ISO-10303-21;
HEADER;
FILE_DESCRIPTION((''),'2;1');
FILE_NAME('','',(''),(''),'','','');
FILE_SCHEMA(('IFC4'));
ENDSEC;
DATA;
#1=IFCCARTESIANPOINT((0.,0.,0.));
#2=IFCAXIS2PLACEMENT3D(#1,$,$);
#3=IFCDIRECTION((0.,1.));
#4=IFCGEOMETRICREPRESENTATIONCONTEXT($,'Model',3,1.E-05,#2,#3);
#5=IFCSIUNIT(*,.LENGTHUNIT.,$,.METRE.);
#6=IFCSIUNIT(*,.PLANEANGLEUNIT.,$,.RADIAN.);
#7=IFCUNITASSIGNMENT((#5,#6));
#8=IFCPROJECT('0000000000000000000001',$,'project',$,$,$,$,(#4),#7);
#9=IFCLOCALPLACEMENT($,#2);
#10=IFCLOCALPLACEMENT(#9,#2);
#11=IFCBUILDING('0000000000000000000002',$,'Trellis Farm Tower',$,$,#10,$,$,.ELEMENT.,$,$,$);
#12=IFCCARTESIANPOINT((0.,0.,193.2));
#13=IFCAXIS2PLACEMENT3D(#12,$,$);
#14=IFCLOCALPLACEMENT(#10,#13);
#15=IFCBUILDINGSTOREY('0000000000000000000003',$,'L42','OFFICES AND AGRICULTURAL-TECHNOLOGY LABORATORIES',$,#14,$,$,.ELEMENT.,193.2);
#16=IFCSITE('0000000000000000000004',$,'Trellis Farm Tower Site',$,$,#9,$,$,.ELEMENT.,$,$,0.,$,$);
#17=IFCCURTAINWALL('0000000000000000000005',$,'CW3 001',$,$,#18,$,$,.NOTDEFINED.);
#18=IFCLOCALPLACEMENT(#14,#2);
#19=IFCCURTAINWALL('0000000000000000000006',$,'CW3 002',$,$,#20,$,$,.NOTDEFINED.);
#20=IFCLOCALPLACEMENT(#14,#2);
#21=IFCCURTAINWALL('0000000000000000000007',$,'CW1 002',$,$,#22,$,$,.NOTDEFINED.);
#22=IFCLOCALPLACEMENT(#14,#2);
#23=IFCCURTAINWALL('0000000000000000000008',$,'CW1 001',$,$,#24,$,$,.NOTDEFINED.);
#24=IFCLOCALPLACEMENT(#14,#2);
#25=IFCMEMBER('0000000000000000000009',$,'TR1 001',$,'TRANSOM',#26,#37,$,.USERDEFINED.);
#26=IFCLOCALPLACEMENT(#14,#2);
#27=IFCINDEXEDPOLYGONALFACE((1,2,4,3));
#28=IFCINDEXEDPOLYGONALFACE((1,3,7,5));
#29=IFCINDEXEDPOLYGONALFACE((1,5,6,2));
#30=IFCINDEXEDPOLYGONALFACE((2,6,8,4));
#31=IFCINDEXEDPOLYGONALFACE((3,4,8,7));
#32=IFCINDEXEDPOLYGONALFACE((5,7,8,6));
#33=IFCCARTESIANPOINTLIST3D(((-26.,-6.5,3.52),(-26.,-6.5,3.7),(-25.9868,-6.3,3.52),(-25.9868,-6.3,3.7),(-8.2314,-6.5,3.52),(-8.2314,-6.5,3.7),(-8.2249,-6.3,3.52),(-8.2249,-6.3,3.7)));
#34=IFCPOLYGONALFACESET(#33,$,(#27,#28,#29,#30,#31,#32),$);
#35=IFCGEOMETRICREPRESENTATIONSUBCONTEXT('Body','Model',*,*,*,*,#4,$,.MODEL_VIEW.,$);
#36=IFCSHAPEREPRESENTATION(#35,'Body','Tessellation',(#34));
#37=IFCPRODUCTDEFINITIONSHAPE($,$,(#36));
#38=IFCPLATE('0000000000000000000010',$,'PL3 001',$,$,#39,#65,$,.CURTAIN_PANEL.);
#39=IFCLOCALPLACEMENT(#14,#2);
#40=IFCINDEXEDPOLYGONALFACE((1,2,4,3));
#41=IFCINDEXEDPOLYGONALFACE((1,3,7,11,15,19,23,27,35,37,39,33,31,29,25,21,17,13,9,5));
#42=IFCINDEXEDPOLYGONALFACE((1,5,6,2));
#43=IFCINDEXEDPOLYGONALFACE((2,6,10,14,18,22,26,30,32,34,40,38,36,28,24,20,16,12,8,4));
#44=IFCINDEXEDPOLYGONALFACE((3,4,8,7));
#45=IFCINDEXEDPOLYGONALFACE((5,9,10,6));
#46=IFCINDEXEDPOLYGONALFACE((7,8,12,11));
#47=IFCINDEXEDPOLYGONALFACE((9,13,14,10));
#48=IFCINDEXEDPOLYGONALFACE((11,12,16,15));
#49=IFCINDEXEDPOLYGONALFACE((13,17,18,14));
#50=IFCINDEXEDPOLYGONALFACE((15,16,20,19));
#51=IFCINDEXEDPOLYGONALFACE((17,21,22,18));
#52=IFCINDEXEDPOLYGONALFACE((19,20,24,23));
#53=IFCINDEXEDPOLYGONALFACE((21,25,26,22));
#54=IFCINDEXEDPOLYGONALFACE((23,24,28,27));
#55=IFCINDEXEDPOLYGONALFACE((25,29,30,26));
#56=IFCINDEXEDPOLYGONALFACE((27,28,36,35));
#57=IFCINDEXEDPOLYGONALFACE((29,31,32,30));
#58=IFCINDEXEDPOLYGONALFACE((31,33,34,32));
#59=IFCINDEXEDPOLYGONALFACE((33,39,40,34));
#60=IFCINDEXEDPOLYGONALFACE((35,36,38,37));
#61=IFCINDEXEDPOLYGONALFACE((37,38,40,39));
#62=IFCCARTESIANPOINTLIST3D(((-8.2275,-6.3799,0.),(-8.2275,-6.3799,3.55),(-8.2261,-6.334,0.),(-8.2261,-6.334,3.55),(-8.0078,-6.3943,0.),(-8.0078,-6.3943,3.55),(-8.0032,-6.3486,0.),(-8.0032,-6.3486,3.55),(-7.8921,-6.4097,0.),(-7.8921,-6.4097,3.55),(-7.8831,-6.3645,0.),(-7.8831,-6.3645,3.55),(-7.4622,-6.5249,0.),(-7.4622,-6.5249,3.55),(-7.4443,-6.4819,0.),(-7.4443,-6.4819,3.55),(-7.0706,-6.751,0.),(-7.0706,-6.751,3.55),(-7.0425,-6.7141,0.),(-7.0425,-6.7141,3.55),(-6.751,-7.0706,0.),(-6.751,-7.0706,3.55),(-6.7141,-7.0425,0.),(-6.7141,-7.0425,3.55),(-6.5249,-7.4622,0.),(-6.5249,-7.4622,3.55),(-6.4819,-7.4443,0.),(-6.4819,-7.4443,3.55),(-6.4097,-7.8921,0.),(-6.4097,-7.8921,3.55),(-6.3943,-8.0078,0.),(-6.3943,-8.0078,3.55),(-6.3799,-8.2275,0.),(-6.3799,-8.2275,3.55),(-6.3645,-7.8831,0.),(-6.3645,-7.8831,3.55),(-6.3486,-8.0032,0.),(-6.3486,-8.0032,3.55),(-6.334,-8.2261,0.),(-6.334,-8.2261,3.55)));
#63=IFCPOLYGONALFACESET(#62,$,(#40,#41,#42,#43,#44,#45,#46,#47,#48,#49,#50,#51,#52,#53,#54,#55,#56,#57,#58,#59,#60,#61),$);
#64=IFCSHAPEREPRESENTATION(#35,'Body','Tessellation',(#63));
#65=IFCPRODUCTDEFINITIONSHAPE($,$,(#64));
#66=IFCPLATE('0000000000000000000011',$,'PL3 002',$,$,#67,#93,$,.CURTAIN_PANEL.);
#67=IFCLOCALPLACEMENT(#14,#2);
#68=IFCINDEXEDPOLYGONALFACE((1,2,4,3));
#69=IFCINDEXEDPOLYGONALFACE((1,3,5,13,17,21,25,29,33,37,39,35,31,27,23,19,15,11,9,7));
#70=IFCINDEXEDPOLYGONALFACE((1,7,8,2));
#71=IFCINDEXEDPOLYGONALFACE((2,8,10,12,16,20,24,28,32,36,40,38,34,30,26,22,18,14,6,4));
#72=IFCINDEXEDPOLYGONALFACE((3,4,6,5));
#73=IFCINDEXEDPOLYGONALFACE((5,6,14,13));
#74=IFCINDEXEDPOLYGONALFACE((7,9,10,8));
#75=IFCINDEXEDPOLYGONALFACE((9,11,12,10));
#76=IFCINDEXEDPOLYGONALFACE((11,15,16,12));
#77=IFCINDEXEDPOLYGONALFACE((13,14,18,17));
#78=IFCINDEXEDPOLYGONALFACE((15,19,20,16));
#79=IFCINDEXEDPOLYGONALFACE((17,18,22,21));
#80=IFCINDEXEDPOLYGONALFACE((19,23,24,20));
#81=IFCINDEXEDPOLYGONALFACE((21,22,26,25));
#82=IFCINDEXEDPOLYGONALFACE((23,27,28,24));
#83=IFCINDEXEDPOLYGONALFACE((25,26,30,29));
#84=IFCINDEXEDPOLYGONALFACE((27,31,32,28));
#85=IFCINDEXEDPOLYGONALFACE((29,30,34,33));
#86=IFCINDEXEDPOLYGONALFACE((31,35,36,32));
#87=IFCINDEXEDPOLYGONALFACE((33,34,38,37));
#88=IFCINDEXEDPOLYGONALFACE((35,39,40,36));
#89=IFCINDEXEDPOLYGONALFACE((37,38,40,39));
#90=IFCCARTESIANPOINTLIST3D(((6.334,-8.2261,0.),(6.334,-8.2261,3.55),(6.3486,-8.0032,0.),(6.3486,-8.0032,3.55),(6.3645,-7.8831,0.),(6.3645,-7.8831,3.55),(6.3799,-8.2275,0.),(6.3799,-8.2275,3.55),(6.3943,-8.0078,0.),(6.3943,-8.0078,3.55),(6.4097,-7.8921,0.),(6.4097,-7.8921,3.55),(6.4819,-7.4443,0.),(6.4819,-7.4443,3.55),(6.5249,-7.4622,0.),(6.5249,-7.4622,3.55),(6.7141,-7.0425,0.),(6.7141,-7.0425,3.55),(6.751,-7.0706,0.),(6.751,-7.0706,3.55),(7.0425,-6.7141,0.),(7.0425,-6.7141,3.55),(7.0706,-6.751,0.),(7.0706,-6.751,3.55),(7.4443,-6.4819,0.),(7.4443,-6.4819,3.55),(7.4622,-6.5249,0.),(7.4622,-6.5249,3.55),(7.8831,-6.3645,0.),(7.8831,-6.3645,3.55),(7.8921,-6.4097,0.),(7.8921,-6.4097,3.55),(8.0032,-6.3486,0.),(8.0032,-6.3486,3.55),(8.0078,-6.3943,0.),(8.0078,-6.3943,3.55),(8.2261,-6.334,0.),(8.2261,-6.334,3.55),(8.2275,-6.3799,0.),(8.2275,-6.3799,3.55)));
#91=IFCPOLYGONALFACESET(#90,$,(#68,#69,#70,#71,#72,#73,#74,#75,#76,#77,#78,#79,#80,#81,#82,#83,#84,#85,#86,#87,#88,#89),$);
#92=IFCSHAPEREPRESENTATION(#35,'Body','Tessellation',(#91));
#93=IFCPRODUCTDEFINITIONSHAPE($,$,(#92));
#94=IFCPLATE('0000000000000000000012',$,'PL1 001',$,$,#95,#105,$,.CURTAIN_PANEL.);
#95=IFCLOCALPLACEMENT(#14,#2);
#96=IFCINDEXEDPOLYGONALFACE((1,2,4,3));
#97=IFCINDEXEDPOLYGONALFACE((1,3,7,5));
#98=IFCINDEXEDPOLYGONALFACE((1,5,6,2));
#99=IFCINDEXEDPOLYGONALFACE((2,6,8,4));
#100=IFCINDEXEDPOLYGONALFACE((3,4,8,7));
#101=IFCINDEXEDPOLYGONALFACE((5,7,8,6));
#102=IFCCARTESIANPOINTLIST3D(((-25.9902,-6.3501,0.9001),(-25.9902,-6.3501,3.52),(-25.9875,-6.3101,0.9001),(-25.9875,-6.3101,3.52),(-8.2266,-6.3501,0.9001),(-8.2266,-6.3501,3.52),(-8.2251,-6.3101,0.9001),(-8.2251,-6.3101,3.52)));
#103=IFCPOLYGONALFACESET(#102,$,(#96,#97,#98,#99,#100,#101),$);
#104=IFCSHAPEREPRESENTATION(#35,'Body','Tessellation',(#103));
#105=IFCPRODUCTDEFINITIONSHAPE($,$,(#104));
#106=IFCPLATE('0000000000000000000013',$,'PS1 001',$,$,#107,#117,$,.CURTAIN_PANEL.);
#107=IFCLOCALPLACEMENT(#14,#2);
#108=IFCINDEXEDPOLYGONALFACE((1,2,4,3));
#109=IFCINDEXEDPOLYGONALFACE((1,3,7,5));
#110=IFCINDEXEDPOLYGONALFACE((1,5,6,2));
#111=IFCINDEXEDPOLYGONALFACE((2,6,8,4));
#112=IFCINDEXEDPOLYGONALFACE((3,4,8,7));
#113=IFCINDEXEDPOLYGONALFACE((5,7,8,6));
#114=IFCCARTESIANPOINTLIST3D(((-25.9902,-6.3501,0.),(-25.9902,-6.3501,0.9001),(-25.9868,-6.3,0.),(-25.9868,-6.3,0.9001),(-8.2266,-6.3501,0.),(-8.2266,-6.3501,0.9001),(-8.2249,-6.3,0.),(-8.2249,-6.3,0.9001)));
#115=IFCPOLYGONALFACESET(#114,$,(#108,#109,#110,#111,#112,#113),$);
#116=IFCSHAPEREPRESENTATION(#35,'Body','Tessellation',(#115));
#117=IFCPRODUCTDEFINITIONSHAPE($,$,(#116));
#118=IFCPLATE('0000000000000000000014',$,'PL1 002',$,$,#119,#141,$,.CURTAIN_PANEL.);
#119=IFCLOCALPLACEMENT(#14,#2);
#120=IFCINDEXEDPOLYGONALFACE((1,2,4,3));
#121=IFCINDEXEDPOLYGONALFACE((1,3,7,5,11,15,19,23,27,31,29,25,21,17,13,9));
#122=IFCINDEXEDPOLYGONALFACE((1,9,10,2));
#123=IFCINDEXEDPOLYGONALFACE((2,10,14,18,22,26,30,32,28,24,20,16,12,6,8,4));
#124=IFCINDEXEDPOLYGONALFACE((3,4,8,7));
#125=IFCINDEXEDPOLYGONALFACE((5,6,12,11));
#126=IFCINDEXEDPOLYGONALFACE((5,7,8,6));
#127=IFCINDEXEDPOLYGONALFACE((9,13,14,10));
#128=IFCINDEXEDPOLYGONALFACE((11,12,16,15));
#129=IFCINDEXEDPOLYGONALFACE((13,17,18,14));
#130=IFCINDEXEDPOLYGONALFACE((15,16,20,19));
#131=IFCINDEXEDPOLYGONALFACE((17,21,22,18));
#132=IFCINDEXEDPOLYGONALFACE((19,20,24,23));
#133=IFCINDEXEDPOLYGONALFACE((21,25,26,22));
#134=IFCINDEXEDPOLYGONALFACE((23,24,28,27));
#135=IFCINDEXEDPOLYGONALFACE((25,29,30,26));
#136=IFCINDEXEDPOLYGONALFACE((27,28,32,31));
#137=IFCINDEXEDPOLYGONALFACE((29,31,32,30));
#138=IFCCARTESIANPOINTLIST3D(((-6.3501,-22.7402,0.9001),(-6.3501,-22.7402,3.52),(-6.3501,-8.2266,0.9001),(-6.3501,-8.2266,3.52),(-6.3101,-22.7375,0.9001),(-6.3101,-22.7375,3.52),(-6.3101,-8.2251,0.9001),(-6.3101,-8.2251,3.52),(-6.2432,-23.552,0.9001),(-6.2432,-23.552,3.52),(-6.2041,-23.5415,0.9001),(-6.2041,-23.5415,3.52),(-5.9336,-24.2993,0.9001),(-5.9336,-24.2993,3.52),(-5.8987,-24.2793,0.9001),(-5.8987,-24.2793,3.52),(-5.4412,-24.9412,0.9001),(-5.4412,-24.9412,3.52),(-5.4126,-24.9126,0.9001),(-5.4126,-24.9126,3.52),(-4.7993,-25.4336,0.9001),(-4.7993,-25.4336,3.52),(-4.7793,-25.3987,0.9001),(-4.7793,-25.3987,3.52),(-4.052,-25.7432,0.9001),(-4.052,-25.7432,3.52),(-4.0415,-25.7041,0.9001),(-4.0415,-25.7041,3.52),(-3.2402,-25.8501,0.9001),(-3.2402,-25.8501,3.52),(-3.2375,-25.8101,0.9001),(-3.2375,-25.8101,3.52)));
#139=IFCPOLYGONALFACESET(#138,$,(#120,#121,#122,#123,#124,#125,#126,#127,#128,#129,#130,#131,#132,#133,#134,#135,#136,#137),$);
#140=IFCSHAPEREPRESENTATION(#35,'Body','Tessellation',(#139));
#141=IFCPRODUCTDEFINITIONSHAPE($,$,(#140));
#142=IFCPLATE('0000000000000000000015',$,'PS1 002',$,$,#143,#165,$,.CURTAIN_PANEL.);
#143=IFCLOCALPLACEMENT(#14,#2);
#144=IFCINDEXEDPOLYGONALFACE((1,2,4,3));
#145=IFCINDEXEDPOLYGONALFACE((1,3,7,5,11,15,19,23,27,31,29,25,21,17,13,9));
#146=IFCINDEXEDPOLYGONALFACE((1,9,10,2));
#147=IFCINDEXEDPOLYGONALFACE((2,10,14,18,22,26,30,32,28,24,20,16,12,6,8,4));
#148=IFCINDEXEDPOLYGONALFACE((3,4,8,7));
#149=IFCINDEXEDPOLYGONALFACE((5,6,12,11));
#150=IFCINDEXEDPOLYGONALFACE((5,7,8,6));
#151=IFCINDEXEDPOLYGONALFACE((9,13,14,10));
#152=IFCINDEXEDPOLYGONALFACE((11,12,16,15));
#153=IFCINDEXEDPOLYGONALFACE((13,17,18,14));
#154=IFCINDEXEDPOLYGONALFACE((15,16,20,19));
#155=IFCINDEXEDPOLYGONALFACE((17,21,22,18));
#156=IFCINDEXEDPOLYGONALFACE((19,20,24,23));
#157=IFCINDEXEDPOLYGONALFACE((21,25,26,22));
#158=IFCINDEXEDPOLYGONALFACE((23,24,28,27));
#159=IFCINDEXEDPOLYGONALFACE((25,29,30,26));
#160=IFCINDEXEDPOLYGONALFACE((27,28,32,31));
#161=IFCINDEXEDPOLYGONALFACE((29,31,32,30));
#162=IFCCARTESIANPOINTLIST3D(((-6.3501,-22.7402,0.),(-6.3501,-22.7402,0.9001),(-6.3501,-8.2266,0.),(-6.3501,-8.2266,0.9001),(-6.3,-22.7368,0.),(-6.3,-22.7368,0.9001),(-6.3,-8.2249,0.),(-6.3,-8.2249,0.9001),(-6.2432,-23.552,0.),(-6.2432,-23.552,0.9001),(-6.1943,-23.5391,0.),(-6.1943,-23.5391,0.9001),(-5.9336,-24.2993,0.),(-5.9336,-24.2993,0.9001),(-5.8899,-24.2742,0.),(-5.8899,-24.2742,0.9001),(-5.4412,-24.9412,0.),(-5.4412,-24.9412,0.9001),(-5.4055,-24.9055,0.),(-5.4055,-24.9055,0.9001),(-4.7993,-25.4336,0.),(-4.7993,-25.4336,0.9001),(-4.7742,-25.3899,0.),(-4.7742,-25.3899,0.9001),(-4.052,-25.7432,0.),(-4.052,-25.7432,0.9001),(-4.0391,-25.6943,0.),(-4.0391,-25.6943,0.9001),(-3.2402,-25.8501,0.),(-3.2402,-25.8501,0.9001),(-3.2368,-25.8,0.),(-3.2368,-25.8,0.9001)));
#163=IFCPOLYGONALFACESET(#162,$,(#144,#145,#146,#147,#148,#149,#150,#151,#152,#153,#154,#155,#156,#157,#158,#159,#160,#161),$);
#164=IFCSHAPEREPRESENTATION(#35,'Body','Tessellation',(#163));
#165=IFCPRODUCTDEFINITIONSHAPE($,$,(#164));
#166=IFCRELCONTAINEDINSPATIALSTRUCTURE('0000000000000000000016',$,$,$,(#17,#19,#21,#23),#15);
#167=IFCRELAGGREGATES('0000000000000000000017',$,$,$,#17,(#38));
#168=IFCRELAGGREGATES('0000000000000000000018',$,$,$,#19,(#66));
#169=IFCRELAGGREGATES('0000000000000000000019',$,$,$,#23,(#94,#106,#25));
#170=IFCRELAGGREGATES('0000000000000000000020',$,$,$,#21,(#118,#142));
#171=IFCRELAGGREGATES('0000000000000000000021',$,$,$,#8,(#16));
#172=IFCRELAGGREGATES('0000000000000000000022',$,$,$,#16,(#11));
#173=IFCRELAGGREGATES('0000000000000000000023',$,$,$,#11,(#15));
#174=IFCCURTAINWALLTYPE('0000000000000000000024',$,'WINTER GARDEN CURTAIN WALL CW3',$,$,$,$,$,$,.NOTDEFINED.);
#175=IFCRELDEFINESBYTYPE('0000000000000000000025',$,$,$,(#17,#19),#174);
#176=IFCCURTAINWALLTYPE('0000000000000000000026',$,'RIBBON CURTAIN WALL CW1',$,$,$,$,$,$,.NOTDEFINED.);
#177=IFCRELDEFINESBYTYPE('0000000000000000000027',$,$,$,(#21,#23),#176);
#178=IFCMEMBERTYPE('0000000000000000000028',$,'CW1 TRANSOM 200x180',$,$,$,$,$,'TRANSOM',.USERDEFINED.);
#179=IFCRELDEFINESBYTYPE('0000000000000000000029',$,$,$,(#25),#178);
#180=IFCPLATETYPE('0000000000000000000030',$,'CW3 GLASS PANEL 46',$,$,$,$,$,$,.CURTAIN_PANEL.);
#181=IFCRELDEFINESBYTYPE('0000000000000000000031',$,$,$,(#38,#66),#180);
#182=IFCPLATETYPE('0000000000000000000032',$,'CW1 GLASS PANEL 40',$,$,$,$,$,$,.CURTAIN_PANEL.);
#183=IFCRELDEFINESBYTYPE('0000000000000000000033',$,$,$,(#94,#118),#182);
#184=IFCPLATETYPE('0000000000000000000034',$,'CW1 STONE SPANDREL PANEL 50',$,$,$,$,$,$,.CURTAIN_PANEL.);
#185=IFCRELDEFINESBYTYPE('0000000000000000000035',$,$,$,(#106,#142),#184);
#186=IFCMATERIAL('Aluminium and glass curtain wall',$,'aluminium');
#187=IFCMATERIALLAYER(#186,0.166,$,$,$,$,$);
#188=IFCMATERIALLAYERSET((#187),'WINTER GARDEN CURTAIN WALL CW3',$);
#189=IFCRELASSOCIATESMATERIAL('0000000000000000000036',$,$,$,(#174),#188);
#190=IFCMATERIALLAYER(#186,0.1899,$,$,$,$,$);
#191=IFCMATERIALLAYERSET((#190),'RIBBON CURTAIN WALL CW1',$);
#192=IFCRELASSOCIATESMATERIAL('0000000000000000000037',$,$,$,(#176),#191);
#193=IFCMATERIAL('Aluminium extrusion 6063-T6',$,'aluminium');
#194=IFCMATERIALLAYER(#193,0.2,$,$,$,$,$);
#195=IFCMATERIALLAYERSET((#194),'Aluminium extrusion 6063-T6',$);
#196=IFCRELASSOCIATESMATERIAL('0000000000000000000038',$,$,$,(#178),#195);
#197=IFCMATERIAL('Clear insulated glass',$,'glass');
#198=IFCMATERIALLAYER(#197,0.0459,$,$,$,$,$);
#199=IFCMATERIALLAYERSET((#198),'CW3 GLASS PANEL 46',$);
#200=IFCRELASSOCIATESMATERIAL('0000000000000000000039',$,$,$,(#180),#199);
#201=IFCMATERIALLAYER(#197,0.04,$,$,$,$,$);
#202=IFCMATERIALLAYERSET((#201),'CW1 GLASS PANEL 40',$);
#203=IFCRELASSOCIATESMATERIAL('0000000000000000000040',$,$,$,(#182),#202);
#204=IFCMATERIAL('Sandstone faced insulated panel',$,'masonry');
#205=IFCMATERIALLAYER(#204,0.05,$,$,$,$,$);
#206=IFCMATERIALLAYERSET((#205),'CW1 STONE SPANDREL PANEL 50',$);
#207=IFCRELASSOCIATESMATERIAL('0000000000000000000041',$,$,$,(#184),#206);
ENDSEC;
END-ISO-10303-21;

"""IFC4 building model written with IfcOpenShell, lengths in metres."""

from ifc_helpers import new_model, si_unit, direction, frame, origin, place, context, subcontext, project, spatial, polyline, outline, extrude, source, transform, mapped, material, layer, layer_set, type_object, element, aggregate, save


model = new_model("IFC4")

# Units and contexts
model_context = context("Model", 3, precision=1e-05, world=origin(), true_north=direction((0.0, 1.0)))
body_context = subcontext(model_context, "Body", "Model", "MODEL_VIEW")
ifc_project = project(units=[si_unit("LENGTHUNIT", "METRE"), si_unit("PLANEANGLEUNIT", "RADIAN")], contexts=[model_context])

# Site, building, storey
site_placement = place(None, origin())
site = spatial("IfcSite", under=ifc_project, at=site_placement, Name="Trellis Farm Tower Site", CompositionType="ELEMENT", RefElevation=0.0)
building_placement = place(site_placement, origin())
building = spatial("IfcBuilding", under=site, at=building_placement, Name="Trellis Farm Tower", CompositionType="ELEMENT")
storey_placement = place(building_placement, frame((0.0, 0.0, 193.2)))
storey = spatial("IfcBuildingStorey", under=building, at=storey_placement, Name="L42", Description="OFFICES AND AGRICULTURAL-TECHNOLOGY LABORATORIES", CompositionType="ELEMENT", Elevation=193.2)

# Curtain walls, member
ifc_material_1 = material(Name="Aluminium and glass curtain wall", Category="aluminium")
ifc_layer_1 = layer(ifc_material_1, 0.166)
ifc_layer_set_1 = layer_set([ifc_layer_1], Name="WINTER GARDEN CURTAIN WALL CW3")
curtain_wall_type_1 = type_object("IfcCurtainWallType", Name="WINTER GARDEN CURTAIN WALL CW3", PredefinedType="NOTDEFINED", material=ifc_layer_set_1)
placement_1 = place(storey_placement, origin())
curtain_wall_1 = element("IfcCurtainWall", 1, at=placement_1, inside=storey, type_object=curtain_wall_type_1, Name="CW3 001", PredefinedType="NOTDEFINED")
ifc_material_2 = material(Name="Aluminium extrusion 6063-T6", Category="aluminium")
curtain_wall_2 = element("IfcCurtainWall", 2, at=placement_1, inside=storey, type_object=curtain_wall_type_1, Name="CW3 002", PredefinedType="NOTDEFINED")
ifc_layer_2 = layer(ifc_material_1, 0.1899)
ifc_layer_set_2 = layer_set([ifc_layer_2], Name="RIBBON CURTAIN WALL CW1")
curtain_wall_type_2 = type_object("IfcCurtainWallType", Name="RIBBON CURTAIN WALL CW1", PredefinedType="NOTDEFINED", material=ifc_layer_set_2)
curtain_wall_3 = element("IfcCurtainWall", 3, at=placement_1, inside=storey, type_object=curtain_wall_type_2, Name="CW1 002", PredefinedType="NOTDEFINED")
ifc_layer_3 = layer(ifc_material_2, 0.2)
ifc_layer_set_3 = layer_set([ifc_layer_3], Name="Aluminium extrusion 6063-T6")
member_type_1 = type_object("IfcMemberType", Name="CW1 TRANSOM 200x180", ElementType="TRANSOM", PredefinedType="USERDEFINED", material=ifc_layer_set_3)
placement_2 = place(storey_placement, frame((0.0, 0.0, 3.52)))
curtain_wall_4 = element("IfcCurtainWall", 4, at=placement_1, inside=storey, type_object=curtain_wall_type_2, Name="CW1 001", PredefinedType="NOTDEFINED")
shared_shape_1 = source(origin(), body_context, "Body", "SweptSolid", [
    extrude(outline(polyline([(-26.0, -6.5), (-8.2314, -6.5), (-8.2249, -6.3), (-25.9868, -6.3), (-26.0, -6.5)])), origin(), (0.0, 0.0, 1.0), 0.1799),
])
member_1 = element("IfcMember", 5, at=placement_2, type_object=member_type_1, Name="TR1 001", ObjectType="TRANSOM", PredefinedType="USERDEFINED", context=body_context, shape_type="MappedRepresentation", body=[
    mapped(shared_shape_1, transform((0.0, 0.0, 0.0))),
])

# Plates
ifc_material_3 = material(Name="Clear insulated glass", Category="glass")
ifc_layer_4 = layer(ifc_material_3, 0.0459)
ifc_layer_set_4 = layer_set([ifc_layer_4], Name="CW3 GLASS PANEL 46")
plate_type_1 = type_object("IfcPlateType", Name="CW3 GLASS PANEL 46", PredefinedType="CURTAIN_PANEL", material=ifc_layer_set_4)
shared_shape_2 = source(origin(), body_context, "Body", "SweptSolid", [
    extrude(outline(polyline([(-8.2275, -6.3799), (-8.0078, -6.3943), (-7.8921, -6.4097), (-7.4622, -6.5249), (-7.0706, -6.751), (-6.751, -7.0706), (-6.5249, -7.4622), (-6.4097, -7.8921), (-6.3943, -8.0078), (-6.3799, -8.2275), (-6.334, -8.2261), (-6.3486, -8.0032), (-6.3645, -7.8831), (-6.4819, -7.4443), (-6.7141, -7.0425), (-7.0425, -6.7141), (-7.4443, -6.4819), (-7.8831, -6.3645), (-8.0032, -6.3486), (-8.2261, -6.334), (-8.2275, -6.3799)])), origin(), (0.0, 0.0, 1.0), 3.55),
])
plate_1 = element("IfcPlate", 6, at=placement_1, type_object=plate_type_1, Name="PL3 001", PredefinedType="CURTAIN_PANEL", context=body_context, shape_type="MappedRepresentation", body=[
    mapped(shared_shape_2, transform((0.0, 0.0, 0.0))),
])
aggregate(curtain_wall_1, [plate_1])
shared_shape_3 = source(origin(), body_context, "Body", "SweptSolid", [
    extrude(outline(polyline([(6.3799, -8.2275), (6.3943, -8.0078), (6.4097, -7.8921), (6.5249, -7.4622), (6.751, -7.0706), (7.0706, -6.751), (7.4622, -6.5249), (7.8921, -6.4097), (8.0078, -6.3943), (8.2275, -6.3799), (8.2261, -6.334), (8.0032, -6.3486), (7.8831, -6.3645), (7.4443, -6.4819), (7.0425, -6.7141), (6.7141, -7.0425), (6.4819, -7.4443), (6.3645, -7.8831), (6.3486, -8.0032), (6.334, -8.2261), (6.3799, -8.2275)])), origin(), (0.0, 0.0, 1.0), 3.55),
])
plate_2 = element("IfcPlate", 7, at=placement_1, type_object=plate_type_1, Name="PL3 002", PredefinedType="CURTAIN_PANEL", context=body_context, shape_type="MappedRepresentation", body=[
    mapped(shared_shape_3, transform((0.0, 0.0, 0.0))),
])
aggregate(curtain_wall_2, [plate_2])
ifc_layer_5 = layer(ifc_material_3, 0.04)
ifc_layer_set_5 = layer_set([ifc_layer_5], Name="CW1 GLASS PANEL 40")
plate_type_2 = type_object("IfcPlateType", Name="CW1 GLASS PANEL 40", PredefinedType="CURTAIN_PANEL", material=ifc_layer_set_5)
shared_shape_4 = source(origin(), body_context, "Body", "SweptSolid", [
    extrude(outline(polyline([(-25.9902, -6.3501), (-8.2266, -6.3501), (-8.2251, -6.3101), (-25.9875, -6.3101), (-25.9902, -6.3501)])), origin(), (0.0, 0.0, 1.0), 2.6199),
])
placement_3 = place(storey_placement, frame((0.0, 0.0, 0.9001)))
plate_3 = element("IfcPlate", 8, at=placement_3, type_object=plate_type_2, Name="PL1 001", PredefinedType="CURTAIN_PANEL", context=body_context, shape_type="MappedRepresentation", body=[
    mapped(shared_shape_4, transform((0.0, 0.0, 0.0))),
])
ifc_material_4 = material(Name="Sandstone faced insulated panel", Category="masonry")
ifc_layer_6 = layer(ifc_material_4, 0.05)
ifc_layer_set_6 = layer_set([ifc_layer_6], Name="CW1 STONE SPANDREL PANEL 50")
plate_type_3 = type_object("IfcPlateType", Name="CW1 STONE SPANDREL PANEL 50", PredefinedType="CURTAIN_PANEL", material=ifc_layer_set_6)
shared_shape_5 = source(origin(), body_context, "Body", "SweptSolid", [
    extrude(outline(polyline([(-25.9902, -6.3501), (-8.2266, -6.3501), (-8.2249, -6.3), (-25.9868, -6.3), (-25.9902, -6.3501)])), origin(), (0.0, 0.0, 1.0), 0.9001),
])
plate_4 = element("IfcPlate", 9, at=placement_1, type_object=plate_type_3, Name="PS1 001", PredefinedType="CURTAIN_PANEL", context=body_context, shape_type="MappedRepresentation", body=[
    mapped(shared_shape_5, transform((0.0, 0.0, 0.0))),
])
aggregate(curtain_wall_4, [plate_3, plate_4, member_1])
shared_shape_6 = source(origin(), body_context, "Body", "SweptSolid", [
    extrude(outline(polyline([(-6.3501, -8.2266), (-6.3501, -22.7402), (-6.2432, -23.552), (-5.9336, -24.2993), (-5.4412, -24.9412), (-4.7993, -25.4336), (-4.052, -25.7432), (-3.2402, -25.8501), (-3.2375, -25.8101), (-4.0415, -25.7041), (-4.7793, -25.3987), (-5.4126, -24.9126), (-5.8987, -24.2793), (-6.2041, -23.5415), (-6.3101, -22.7375), (-6.3101, -8.2251), (-6.3501, -8.2266)])), origin(), (0.0, 0.0, 1.0), 2.6199),
])
plate_5 = element("IfcPlate", 10, at=placement_3, type_object=plate_type_2, Name="PL1 002", PredefinedType="CURTAIN_PANEL", context=body_context, shape_type="MappedRepresentation", body=[
    mapped(shared_shape_6, transform((0.0, 0.0, 0.0))),
])
shared_shape_7 = source(origin(), body_context, "Body", "SweptSolid", [
    extrude(outline(polyline([(-6.3501, -8.2266), (-6.3501, -22.7402), (-6.2432, -23.552), (-5.9336, -24.2993), (-5.4412, -24.9412), (-4.7993, -25.4336), (-4.052, -25.7432), (-3.2402, -25.8501), (-3.2368, -25.8), (-4.0391, -25.6943), (-4.7742, -25.3899), (-5.4055, -24.9055), (-5.8899, -24.2742), (-6.1943, -23.5391), (-6.3, -22.7368), (-6.3, -8.2249), (-6.3501, -8.2266)])), origin(), (0.0, 0.0, 1.0), 0.9001),
])
plate_6 = element("IfcPlate", 11, at=placement_1, type_object=plate_type_3, Name="PS1 002", PredefinedType="CURTAIN_PANEL", context=body_context, shape_type="MappedRepresentation", body=[
    mapped(shared_shape_7, transform((0.0, 0.0, 0.0))),
])
aggregate(curtain_wall_3, [plate_5, plate_6])

save(model, "model.ifc")
